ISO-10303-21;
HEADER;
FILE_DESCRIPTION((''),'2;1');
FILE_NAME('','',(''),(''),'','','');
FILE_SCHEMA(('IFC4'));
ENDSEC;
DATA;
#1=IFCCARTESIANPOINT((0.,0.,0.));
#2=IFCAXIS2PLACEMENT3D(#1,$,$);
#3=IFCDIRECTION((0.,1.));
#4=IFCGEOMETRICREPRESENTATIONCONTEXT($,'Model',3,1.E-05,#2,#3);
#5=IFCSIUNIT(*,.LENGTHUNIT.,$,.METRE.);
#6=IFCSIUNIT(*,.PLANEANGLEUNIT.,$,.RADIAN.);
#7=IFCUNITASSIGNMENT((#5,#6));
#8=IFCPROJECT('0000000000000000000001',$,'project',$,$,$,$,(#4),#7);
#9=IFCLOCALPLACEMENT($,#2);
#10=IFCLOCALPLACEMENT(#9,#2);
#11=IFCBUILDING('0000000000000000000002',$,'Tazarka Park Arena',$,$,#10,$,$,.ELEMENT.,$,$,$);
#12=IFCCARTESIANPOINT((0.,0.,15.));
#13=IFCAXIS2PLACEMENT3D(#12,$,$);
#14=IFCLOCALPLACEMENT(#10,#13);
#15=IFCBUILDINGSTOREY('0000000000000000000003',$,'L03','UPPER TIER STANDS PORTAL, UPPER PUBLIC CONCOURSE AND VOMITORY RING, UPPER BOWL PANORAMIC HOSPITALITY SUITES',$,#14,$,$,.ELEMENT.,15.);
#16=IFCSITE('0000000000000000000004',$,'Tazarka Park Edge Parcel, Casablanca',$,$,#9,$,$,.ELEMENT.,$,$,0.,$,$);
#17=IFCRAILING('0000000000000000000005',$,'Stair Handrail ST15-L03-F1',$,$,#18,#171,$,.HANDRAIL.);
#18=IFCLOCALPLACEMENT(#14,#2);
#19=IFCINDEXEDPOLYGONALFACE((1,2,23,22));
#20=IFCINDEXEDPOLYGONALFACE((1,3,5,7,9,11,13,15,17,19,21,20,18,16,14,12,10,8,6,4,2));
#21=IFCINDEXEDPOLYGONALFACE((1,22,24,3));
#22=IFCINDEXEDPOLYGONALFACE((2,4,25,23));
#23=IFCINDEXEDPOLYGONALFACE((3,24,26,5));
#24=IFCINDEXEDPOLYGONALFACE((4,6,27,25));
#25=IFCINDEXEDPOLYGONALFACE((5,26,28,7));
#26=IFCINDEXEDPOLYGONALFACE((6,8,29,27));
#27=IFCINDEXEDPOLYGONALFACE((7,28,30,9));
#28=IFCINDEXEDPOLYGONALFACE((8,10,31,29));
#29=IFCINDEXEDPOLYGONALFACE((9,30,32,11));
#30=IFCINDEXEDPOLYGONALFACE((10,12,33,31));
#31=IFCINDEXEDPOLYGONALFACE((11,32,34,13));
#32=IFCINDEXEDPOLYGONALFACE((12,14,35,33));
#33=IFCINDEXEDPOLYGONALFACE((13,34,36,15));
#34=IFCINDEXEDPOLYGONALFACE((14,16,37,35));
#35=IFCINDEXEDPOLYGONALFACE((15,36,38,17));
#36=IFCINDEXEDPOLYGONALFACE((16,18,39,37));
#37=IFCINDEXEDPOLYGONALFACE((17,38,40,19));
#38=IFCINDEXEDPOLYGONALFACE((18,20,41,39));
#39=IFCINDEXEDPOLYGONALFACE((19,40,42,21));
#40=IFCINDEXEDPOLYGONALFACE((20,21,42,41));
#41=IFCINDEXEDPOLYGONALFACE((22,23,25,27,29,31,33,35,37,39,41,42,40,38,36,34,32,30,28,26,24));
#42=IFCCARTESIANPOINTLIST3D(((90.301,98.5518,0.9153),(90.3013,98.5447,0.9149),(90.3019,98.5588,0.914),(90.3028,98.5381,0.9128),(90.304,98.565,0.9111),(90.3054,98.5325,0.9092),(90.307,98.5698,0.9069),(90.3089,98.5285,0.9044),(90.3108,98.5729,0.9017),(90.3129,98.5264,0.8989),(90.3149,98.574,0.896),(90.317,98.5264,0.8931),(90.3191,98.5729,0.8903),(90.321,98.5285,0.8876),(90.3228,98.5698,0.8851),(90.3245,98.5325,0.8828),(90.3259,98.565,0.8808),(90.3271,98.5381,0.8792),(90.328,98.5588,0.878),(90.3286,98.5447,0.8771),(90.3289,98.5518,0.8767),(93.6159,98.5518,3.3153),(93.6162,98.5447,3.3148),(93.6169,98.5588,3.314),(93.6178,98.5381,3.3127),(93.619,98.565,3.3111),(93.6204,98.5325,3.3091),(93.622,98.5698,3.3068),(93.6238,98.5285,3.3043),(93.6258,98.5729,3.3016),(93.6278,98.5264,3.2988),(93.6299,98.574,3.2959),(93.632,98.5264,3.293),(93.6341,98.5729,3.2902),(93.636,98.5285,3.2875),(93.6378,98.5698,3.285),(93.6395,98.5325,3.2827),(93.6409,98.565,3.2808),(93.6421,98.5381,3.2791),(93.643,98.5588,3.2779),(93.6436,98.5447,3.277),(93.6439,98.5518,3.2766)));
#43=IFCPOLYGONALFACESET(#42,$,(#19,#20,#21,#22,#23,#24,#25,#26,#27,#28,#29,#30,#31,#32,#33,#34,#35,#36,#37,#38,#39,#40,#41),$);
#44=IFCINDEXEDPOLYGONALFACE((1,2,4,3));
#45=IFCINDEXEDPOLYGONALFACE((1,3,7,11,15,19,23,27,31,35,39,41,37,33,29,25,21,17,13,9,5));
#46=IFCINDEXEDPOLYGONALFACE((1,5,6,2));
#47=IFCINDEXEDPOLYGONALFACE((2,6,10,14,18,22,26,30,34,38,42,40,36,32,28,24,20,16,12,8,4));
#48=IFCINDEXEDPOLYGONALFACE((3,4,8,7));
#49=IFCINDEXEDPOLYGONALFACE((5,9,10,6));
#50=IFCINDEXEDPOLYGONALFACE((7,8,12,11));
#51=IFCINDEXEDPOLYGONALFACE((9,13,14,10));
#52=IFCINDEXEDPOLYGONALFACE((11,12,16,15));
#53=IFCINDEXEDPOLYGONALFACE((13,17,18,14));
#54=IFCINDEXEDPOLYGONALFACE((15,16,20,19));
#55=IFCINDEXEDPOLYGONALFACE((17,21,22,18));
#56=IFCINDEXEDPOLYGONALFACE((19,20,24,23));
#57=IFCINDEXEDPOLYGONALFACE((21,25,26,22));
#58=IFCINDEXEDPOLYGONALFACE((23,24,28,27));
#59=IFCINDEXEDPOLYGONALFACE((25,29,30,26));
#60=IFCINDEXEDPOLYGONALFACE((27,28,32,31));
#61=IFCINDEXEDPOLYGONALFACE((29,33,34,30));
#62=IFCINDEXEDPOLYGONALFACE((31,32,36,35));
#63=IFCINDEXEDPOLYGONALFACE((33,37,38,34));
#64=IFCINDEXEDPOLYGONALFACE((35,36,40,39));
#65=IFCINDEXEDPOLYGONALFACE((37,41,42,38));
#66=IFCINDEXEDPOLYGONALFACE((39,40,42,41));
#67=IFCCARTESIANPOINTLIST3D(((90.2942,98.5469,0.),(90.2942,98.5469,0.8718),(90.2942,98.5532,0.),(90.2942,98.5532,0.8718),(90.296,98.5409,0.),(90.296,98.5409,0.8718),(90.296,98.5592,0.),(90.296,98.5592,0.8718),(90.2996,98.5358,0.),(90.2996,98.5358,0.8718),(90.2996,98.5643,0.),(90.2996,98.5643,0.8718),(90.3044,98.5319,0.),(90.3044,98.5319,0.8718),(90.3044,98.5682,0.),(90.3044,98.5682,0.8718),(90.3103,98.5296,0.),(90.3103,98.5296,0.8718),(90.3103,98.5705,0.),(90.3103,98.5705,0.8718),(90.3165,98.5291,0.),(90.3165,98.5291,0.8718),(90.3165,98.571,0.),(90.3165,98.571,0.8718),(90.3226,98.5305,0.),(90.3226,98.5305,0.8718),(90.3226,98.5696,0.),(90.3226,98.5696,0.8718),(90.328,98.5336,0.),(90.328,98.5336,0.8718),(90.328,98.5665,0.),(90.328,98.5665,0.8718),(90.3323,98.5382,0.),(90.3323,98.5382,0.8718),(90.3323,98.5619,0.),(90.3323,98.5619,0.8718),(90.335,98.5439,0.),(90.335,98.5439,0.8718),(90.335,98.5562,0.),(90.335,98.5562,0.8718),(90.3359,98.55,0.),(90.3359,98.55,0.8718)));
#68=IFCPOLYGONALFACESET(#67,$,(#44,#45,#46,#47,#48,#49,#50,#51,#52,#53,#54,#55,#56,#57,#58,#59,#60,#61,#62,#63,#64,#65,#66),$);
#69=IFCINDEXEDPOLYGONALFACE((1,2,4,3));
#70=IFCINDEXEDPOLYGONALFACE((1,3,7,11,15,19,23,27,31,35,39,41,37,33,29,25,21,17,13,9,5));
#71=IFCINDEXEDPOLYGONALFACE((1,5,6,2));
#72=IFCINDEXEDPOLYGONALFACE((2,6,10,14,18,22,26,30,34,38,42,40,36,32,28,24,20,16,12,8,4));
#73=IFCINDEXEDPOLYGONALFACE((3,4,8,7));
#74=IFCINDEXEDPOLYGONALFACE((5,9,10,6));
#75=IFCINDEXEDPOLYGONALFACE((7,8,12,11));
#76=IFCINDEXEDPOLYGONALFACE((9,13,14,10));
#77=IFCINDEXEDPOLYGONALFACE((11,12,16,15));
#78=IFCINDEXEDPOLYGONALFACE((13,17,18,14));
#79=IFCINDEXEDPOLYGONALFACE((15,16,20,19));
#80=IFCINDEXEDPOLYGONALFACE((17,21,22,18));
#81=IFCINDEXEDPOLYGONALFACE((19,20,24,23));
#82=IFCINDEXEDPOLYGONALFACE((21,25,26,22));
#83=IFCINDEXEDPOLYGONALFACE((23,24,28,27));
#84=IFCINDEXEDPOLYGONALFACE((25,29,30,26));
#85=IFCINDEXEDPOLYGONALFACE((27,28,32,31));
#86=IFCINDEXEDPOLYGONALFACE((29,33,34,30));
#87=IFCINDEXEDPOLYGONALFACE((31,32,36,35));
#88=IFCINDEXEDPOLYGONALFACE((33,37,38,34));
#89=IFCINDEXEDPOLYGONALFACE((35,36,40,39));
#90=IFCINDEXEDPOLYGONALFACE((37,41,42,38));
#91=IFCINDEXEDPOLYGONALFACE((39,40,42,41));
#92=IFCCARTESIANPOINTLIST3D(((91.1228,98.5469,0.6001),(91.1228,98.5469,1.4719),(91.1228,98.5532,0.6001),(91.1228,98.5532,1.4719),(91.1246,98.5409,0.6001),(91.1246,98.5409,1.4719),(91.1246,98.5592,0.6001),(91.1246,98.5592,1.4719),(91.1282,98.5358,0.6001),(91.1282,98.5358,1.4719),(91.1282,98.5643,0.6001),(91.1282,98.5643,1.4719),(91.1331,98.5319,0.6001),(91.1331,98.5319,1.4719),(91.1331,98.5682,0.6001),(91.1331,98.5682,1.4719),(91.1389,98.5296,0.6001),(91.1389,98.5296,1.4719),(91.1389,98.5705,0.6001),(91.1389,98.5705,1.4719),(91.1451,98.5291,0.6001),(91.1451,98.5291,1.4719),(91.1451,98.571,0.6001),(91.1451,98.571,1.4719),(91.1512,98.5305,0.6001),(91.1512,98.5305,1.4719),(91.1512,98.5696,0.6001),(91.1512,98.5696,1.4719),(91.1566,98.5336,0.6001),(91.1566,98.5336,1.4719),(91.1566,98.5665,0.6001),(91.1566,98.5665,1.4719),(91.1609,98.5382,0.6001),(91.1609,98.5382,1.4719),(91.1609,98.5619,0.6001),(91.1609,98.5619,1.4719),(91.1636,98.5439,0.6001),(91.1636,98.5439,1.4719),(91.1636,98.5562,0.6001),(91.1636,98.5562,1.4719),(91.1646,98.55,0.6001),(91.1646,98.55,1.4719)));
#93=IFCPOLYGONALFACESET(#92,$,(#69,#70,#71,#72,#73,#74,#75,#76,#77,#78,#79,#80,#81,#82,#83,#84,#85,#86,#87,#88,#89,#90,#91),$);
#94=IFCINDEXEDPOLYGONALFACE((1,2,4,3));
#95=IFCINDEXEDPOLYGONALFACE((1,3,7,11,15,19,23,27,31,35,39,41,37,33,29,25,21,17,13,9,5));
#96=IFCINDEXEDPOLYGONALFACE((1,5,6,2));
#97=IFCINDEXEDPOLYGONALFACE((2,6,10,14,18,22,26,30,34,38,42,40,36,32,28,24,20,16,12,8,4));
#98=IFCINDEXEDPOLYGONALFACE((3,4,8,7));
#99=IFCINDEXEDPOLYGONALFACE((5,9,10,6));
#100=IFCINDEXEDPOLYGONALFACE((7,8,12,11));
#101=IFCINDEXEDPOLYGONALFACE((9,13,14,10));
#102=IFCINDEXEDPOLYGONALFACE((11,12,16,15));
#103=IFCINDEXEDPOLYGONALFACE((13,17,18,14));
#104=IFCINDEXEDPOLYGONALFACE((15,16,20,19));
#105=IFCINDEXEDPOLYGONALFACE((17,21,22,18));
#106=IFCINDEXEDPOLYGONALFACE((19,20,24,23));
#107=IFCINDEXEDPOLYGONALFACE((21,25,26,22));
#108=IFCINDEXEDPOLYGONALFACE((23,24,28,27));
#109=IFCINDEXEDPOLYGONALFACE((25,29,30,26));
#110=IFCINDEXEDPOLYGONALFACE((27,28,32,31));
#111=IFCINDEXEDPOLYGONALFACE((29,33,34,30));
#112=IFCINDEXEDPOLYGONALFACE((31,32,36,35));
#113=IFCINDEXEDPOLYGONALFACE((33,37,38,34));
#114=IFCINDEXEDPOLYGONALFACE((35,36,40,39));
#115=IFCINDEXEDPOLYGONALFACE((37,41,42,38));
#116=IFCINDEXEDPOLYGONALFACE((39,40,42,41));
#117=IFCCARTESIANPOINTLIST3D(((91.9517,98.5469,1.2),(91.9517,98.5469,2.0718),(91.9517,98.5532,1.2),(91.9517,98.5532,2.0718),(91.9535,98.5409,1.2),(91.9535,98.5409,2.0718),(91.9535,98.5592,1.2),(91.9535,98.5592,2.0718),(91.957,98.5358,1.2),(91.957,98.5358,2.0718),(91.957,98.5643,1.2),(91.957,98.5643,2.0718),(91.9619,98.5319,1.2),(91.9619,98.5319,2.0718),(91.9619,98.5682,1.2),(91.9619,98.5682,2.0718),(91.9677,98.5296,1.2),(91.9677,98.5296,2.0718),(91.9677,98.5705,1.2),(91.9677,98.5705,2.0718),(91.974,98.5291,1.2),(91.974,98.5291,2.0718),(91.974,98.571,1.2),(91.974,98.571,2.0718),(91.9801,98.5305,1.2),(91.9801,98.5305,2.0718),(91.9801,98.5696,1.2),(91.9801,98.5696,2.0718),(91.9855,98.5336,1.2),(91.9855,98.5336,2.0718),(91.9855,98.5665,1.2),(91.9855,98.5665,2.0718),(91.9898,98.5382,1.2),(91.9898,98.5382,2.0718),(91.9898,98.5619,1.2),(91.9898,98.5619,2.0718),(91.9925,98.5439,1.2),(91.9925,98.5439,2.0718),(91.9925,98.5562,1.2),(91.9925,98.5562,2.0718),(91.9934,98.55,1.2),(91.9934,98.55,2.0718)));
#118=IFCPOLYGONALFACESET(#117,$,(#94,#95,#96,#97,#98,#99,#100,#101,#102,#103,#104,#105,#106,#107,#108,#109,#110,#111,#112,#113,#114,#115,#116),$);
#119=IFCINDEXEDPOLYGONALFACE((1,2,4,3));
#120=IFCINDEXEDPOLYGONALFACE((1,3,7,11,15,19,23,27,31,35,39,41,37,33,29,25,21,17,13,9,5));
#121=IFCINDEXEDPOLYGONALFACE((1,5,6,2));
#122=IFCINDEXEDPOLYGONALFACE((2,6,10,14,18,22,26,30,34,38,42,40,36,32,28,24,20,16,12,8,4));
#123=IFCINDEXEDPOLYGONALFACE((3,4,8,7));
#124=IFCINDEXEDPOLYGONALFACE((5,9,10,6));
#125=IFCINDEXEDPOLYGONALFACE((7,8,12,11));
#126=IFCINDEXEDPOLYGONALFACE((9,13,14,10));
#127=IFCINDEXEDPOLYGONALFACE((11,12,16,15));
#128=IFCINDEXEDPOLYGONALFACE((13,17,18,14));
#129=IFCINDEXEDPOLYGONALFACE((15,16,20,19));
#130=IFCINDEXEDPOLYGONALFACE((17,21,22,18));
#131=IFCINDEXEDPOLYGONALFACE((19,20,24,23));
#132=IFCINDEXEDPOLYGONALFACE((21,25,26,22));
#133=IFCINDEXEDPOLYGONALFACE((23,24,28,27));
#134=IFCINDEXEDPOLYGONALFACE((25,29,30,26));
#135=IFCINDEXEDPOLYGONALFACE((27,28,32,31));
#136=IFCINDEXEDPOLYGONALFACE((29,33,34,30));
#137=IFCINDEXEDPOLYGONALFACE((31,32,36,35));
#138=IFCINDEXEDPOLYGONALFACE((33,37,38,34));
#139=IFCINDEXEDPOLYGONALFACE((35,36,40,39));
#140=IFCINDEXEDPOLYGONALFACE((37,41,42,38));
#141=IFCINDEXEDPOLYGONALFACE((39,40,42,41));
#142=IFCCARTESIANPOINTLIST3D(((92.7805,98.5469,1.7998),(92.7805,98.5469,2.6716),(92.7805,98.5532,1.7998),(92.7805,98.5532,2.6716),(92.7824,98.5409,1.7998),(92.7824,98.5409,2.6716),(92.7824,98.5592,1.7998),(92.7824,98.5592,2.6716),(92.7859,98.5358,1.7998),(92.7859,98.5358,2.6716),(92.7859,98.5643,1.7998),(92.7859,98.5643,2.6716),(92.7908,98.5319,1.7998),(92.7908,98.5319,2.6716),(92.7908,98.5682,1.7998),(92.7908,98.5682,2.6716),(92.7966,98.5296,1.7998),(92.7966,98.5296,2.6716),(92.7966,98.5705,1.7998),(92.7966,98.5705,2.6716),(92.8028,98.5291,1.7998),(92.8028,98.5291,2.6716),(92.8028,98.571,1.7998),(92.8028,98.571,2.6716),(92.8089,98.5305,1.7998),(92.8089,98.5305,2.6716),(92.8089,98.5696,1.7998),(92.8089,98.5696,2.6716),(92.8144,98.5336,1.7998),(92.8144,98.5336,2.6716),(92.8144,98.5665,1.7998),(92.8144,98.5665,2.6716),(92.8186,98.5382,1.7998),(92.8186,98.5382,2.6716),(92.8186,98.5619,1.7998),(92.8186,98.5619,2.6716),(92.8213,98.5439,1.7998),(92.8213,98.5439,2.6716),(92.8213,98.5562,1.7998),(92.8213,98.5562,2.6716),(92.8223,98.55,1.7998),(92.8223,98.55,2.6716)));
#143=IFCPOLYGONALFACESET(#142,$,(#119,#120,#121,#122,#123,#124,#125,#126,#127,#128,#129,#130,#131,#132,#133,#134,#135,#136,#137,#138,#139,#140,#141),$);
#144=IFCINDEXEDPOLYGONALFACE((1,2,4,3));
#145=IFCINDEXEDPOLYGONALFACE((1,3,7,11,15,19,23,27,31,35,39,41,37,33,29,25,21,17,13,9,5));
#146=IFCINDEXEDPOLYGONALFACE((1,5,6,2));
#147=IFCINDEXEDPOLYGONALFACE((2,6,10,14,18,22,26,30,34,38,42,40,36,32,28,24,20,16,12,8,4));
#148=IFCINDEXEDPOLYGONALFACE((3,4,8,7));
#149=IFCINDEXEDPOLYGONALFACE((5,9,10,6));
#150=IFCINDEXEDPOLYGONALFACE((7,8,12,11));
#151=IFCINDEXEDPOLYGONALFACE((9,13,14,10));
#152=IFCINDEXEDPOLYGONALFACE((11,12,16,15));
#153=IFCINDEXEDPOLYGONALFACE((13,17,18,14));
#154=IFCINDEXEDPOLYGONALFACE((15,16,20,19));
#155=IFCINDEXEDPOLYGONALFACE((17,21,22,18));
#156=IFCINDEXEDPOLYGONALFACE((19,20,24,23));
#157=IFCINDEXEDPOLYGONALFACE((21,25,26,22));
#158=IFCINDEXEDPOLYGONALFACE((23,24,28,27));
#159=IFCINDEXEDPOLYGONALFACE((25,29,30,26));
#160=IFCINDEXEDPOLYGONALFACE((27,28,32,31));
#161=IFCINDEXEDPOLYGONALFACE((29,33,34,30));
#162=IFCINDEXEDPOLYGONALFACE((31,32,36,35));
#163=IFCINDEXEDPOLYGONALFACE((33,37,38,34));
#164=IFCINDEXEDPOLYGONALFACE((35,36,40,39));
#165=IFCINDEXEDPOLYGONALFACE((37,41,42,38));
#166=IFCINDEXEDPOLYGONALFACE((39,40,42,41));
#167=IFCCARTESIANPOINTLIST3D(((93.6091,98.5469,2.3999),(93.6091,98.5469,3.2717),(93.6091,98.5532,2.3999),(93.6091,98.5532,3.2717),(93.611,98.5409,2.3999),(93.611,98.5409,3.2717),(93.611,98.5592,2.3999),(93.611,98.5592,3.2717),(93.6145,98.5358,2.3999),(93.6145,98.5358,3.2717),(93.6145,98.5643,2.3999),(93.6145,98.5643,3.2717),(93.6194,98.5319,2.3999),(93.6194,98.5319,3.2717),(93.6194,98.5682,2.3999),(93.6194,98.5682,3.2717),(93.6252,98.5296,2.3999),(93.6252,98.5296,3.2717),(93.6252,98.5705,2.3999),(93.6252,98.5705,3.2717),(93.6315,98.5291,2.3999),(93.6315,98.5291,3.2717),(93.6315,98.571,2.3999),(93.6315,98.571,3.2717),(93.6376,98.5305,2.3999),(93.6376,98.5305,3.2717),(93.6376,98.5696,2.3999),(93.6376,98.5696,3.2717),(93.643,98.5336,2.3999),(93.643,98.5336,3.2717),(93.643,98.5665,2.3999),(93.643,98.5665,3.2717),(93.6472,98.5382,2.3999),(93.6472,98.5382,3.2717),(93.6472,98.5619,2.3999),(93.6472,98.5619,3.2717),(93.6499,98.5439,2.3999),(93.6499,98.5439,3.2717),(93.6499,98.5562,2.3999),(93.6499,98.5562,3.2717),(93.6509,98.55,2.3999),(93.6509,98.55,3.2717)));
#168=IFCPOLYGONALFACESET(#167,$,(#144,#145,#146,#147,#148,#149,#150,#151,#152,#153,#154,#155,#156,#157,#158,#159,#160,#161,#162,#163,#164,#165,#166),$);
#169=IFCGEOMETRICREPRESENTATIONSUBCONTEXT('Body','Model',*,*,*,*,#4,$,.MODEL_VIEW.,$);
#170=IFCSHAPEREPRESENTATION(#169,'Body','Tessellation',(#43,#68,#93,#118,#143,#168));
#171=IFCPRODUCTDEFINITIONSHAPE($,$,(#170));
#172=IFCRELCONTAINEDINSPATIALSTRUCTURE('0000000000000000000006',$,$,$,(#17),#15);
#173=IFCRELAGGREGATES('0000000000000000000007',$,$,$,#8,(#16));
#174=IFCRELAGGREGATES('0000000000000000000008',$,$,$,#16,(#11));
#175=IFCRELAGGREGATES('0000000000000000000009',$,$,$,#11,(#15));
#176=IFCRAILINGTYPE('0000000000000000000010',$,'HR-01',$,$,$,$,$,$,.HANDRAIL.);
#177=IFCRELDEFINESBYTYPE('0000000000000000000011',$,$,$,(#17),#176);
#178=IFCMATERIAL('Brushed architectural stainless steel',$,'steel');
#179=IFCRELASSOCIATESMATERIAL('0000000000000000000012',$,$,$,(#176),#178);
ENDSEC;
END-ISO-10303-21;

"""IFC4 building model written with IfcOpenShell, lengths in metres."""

from ifc_helpers import new_model, si_unit, direction, frame, origin, origin_2d, place, context, subcontext, project, spatial, circle, extrude, material, type_object, element, save


model = new_model("IFC4")

# Units and contexts
model_context = context("Model", 3, precision=1e-05, world=origin(), true_north=direction((0.0, 1.0)))
body_context = subcontext(model_context, "Body", "Model", "MODEL_VIEW")
ifc_project = project(units=[si_unit("LENGTHUNIT", "METRE"), si_unit("PLANEANGLEUNIT", "RADIAN")], contexts=[model_context])

# Site, building, storey
site_placement = place(None, origin())
site = spatial("IfcSite", under=ifc_project, at=site_placement, Name="Tazarka Park Edge Parcel, Casablanca", CompositionType="ELEMENT", RefElevation=0.0)
building_placement = place(site_placement, origin())
building = spatial("IfcBuilding", under=site, at=building_placement, Name="Tazarka Park Arena", CompositionType="ELEMENT")
storey_placement = place(building_placement, frame((0.0, 0.0, 15.0)))
storey = spatial("IfcBuildingStorey", under=building, at=storey_placement, Name="L03", Description="UPPER TIER STANDS PORTAL, UPPER PUBLIC CONCOURSE AND VOMITORY RING, UPPER BOWL PANORAMIC HOSPITALITY SUITES", CompositionType="ELEMENT", Elevation=15.0)

# Railing
ifc_material_1 = material(Name="Brushed architectural stainless steel", Category="steel")
railing_type_1 = type_object("IfcRailingType", Name="HR-01", PredefinedType="HANDRAIL", material=ifc_material_1)
railing_1_placement = place(storey_placement, frame((90.3149, 98.55, 0.0)))
element("IfcRailing", 1, at=railing_1_placement, inside=storey, type_object=railing_type_1, Name="Stair Handrail ST15-L03-F1", PredefinedType="HANDRAIL", context=body_context, shape_type="SweptSolid", body=[
    extrude(circle(Radius=0.0239, at=origin_2d()), frame((0.0, 0.0, 0.896), z_axis=(0.810009, 0.0, 0.586418), x_axis=(0.0, 1.0, 0.0)), (0.0, 0.0, 1.0), 4.0925),
    extrude(circle(Radius=0.021, at=origin_2d()), origin(), (0.0, 0.0, 1.0), 0.8718),
    extrude(circle(Radius=0.021, at=origin_2d()), frame((0.8286, 0.0, 0.6001)), (0.0, 0.0, 1.0), 0.8718),
    extrude(circle(Radius=0.021, at=origin_2d()), frame((1.6575, 0.0, 1.2)), (0.0, 0.0, 1.0), 0.8718),
    extrude(circle(Radius=0.021, at=origin_2d()), frame((2.4863, 0.0, 1.7998)), (0.0, 0.0, 1.0), 0.8718),
    extrude(circle(Radius=0.021, at=origin_2d()), frame((3.3149, 0.0, 2.3999)), (0.0, 0.0, 1.0), 0.8718),
])

save(model, "model.ifc")
